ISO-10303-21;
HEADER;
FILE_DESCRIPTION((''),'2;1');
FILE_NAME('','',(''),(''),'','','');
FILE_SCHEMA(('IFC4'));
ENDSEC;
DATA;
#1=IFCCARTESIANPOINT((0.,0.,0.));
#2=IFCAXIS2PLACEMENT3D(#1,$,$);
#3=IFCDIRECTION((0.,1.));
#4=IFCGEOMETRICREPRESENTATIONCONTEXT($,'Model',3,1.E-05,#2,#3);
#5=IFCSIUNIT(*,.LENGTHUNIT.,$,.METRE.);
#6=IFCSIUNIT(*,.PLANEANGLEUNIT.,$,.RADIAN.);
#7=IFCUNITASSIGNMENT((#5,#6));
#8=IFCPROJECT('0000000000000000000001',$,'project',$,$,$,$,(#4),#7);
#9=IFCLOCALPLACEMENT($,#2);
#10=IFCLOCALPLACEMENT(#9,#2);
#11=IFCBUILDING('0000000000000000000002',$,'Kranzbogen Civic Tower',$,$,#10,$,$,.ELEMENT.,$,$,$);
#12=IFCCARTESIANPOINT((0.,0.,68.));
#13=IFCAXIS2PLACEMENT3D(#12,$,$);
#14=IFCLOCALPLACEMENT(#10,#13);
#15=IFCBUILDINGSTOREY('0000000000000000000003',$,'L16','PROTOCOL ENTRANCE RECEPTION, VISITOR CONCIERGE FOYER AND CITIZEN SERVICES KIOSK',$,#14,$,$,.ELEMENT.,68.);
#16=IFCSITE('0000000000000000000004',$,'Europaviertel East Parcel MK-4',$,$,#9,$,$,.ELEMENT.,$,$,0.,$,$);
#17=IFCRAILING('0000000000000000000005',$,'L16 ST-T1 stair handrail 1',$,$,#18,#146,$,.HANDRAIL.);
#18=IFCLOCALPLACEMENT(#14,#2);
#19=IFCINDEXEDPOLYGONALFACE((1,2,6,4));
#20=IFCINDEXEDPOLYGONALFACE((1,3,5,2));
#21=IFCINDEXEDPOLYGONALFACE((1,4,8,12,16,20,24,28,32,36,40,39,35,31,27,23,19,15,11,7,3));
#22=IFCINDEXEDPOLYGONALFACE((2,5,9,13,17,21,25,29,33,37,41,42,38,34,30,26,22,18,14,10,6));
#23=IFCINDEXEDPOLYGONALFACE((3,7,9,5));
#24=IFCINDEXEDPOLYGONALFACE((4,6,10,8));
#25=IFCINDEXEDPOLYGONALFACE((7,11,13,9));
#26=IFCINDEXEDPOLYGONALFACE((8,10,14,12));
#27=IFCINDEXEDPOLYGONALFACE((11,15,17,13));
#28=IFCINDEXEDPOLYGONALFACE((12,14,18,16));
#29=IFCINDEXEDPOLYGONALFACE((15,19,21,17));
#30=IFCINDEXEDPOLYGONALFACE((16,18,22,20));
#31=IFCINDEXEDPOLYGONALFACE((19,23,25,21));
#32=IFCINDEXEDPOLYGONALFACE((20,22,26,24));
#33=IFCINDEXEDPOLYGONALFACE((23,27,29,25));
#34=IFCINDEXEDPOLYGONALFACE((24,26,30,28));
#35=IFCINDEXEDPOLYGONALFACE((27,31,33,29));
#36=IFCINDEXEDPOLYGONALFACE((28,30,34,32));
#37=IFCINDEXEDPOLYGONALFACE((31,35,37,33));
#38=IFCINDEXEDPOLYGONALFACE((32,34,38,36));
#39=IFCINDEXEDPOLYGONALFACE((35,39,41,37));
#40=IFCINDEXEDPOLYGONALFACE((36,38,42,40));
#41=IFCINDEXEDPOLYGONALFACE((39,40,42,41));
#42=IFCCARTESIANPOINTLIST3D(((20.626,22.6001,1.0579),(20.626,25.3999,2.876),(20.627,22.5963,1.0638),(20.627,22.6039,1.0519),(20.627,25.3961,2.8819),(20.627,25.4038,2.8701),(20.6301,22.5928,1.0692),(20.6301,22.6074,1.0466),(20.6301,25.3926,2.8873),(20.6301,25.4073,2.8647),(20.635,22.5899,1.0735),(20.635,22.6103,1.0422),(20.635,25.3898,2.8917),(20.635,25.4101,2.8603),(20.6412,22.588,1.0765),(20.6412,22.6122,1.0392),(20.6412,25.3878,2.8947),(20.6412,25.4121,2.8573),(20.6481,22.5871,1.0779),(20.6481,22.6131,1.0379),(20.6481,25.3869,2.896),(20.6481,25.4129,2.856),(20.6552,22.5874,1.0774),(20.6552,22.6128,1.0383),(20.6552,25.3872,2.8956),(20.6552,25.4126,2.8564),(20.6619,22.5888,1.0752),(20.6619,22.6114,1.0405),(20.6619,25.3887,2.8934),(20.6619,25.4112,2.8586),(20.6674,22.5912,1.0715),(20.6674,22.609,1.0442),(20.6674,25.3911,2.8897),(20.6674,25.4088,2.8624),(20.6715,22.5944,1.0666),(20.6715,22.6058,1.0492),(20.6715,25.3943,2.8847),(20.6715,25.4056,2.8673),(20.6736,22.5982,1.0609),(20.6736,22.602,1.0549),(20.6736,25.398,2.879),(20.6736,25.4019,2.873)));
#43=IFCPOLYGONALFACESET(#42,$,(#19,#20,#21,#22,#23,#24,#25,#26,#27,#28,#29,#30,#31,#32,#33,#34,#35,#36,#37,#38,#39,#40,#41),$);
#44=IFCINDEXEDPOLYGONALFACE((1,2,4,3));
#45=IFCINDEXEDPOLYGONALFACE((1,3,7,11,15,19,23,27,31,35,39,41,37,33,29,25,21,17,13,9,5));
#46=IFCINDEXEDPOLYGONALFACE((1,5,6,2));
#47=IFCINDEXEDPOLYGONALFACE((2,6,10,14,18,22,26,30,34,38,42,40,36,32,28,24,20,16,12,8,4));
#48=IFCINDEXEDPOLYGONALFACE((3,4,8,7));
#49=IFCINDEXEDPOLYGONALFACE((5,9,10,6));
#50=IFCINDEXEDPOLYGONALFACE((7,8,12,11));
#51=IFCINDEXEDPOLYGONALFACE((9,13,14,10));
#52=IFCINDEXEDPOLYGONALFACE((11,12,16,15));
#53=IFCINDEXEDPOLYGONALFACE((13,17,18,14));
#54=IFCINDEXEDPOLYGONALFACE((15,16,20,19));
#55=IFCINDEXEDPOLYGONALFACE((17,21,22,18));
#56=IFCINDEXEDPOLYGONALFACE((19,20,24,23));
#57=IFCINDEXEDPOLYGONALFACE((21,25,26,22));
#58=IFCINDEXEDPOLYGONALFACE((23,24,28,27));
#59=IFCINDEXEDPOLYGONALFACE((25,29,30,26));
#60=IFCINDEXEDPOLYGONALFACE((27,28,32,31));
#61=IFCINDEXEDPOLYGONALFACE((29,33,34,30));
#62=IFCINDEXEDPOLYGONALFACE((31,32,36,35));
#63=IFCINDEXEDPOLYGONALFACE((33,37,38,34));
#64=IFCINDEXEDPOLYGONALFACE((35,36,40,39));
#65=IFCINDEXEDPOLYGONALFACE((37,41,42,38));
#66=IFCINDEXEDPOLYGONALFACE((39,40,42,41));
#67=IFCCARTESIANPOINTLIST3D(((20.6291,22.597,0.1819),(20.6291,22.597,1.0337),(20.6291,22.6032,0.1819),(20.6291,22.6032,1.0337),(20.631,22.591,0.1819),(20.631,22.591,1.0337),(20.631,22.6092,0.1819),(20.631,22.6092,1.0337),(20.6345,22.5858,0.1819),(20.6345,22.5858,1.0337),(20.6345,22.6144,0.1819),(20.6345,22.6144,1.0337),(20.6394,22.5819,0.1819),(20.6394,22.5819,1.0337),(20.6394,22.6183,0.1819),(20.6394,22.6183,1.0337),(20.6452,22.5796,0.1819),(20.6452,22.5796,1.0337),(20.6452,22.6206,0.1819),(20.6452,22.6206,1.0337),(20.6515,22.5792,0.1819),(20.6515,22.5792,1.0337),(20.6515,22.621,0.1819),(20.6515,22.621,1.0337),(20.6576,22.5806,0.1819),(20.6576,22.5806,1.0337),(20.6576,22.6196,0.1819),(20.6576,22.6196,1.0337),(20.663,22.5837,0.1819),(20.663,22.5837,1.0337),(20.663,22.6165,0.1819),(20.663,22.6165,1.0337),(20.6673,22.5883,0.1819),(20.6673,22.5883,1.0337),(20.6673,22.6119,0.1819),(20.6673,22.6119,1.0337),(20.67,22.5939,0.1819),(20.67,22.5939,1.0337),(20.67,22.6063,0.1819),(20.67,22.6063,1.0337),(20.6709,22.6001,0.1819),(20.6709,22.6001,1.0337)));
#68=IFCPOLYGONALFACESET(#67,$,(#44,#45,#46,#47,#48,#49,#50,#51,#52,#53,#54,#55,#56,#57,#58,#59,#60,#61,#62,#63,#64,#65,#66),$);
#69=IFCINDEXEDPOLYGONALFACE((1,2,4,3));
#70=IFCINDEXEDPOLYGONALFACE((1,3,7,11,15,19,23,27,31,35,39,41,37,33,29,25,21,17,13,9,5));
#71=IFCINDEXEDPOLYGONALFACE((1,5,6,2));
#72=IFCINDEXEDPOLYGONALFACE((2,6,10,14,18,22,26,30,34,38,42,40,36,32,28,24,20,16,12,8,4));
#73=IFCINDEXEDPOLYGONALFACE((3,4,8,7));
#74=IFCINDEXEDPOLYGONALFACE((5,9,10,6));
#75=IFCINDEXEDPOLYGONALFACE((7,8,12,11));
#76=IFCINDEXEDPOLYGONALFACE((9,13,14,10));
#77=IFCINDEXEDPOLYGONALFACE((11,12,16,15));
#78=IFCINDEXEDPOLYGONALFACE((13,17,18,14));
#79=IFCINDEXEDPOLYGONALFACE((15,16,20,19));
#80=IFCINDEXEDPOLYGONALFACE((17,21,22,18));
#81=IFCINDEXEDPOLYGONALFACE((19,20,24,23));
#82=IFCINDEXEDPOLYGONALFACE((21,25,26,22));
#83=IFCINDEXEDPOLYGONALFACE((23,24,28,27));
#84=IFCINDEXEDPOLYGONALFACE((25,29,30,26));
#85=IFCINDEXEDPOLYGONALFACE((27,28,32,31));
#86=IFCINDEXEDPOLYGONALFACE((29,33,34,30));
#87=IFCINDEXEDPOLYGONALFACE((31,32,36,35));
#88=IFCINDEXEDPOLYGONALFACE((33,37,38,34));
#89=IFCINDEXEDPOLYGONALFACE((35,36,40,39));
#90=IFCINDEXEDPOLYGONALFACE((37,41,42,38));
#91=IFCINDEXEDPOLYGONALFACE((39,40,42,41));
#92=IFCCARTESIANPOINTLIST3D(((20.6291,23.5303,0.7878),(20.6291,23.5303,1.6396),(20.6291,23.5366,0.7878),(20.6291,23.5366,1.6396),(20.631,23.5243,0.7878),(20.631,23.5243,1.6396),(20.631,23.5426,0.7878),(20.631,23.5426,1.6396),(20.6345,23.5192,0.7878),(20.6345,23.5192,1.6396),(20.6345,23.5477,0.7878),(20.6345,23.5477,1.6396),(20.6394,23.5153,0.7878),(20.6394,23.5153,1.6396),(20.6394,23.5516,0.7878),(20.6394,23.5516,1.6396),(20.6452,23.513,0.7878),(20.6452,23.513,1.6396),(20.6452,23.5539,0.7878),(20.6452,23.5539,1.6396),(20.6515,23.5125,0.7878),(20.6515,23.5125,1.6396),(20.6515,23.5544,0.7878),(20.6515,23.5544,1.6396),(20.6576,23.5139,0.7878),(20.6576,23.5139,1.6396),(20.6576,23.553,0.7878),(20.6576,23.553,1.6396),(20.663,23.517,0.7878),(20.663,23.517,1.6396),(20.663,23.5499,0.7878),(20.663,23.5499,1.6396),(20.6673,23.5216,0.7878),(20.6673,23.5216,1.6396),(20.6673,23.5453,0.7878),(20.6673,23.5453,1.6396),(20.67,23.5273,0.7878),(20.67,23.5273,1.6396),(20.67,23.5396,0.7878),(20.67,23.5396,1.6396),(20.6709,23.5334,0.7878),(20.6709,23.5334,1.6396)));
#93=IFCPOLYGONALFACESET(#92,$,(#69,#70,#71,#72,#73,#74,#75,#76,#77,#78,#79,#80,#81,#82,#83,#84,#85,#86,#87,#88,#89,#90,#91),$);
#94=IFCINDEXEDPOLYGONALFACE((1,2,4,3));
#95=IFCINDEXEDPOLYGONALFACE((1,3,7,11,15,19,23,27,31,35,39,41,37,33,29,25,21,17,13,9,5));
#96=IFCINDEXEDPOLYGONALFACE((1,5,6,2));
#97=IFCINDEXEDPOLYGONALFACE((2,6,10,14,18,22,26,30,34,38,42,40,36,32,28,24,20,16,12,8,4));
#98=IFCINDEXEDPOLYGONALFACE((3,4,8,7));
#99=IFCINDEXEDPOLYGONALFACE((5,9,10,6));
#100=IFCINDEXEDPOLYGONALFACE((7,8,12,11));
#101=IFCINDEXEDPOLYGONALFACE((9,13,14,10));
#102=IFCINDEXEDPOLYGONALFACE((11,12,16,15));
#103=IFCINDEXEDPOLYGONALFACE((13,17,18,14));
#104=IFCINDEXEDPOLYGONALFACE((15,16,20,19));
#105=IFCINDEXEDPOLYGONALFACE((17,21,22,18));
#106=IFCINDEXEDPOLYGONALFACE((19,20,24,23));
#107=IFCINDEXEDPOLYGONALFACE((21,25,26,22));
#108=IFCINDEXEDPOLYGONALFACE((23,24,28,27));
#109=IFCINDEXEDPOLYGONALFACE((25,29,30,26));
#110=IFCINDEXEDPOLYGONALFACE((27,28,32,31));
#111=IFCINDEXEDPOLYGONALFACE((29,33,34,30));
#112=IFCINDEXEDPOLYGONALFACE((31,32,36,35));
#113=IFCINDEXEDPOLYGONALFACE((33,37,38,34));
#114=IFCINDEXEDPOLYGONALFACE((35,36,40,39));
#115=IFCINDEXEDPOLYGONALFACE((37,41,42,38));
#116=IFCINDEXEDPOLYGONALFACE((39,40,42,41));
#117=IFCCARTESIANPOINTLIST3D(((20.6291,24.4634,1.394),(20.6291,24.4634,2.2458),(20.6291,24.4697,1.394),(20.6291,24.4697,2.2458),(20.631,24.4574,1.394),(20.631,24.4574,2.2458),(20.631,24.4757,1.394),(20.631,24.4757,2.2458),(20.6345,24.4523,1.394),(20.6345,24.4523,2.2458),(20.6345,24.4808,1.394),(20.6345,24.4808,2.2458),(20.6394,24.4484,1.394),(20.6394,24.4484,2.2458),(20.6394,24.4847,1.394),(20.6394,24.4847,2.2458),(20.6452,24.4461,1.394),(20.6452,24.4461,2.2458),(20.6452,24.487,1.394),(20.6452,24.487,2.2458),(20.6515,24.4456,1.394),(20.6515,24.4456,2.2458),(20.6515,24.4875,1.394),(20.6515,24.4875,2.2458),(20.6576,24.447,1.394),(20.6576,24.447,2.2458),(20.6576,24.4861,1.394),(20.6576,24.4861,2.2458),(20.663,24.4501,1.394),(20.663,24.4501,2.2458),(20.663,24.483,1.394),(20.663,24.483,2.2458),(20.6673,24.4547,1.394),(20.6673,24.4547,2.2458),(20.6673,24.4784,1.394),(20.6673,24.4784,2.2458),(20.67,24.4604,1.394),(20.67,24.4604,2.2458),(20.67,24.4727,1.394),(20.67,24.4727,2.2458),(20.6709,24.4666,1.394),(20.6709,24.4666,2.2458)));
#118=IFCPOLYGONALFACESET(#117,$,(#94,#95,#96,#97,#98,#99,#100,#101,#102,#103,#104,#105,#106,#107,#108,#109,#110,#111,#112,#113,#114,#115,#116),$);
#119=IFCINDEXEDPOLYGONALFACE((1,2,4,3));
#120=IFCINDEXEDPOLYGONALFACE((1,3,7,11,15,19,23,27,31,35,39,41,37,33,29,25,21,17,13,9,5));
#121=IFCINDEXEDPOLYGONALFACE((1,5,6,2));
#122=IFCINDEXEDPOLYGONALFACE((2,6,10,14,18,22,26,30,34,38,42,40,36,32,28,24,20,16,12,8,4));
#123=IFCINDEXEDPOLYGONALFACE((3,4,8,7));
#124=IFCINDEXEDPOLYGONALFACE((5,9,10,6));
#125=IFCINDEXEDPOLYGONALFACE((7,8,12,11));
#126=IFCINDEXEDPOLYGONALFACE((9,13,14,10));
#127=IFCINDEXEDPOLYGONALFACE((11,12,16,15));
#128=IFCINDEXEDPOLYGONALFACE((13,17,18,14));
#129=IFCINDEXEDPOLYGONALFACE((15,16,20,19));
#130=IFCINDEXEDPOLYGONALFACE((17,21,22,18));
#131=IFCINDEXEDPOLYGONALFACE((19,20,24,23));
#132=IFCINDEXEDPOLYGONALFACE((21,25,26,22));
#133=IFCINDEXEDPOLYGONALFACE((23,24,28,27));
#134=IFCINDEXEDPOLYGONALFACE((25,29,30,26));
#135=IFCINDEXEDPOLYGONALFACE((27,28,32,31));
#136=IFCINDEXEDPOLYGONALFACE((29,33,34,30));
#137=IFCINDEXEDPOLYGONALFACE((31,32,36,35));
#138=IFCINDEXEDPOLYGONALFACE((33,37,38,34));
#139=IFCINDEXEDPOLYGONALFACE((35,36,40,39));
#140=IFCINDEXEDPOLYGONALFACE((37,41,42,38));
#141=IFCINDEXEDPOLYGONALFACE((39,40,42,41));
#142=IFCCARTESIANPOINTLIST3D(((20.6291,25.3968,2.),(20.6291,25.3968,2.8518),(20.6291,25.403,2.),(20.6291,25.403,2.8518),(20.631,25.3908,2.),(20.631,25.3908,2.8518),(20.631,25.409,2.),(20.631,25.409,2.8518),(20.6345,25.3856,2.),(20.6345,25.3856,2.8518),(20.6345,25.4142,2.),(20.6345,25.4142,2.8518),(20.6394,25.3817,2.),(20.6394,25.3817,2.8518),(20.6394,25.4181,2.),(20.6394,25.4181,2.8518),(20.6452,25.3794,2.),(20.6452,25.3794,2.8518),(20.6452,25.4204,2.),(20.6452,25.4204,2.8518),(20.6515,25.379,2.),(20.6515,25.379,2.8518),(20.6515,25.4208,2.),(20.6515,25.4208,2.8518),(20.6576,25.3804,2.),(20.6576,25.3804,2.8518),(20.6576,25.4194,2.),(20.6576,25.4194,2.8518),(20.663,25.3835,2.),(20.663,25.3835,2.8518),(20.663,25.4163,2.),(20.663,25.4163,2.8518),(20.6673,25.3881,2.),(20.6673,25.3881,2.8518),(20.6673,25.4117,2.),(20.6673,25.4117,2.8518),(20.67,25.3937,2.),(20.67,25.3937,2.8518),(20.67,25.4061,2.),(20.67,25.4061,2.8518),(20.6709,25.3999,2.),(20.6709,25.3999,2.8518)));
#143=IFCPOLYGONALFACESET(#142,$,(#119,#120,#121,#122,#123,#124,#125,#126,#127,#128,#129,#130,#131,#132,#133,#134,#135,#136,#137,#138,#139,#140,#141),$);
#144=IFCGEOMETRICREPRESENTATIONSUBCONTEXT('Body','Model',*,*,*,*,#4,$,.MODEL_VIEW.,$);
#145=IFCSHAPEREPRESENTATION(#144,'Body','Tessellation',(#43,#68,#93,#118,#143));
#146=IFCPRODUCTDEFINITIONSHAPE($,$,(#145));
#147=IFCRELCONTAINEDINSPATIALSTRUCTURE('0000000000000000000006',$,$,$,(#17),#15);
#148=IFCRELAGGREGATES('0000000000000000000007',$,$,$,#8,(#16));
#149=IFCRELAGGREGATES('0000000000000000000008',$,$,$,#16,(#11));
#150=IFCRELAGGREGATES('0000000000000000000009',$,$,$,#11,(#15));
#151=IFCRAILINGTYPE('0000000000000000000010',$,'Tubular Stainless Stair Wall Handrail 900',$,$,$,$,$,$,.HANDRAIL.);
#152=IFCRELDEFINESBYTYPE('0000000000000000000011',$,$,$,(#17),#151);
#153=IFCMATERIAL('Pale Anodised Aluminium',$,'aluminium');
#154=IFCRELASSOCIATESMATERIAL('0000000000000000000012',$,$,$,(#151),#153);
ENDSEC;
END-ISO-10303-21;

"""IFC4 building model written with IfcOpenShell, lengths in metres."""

from ifc_helpers import new_model, si_unit, direction, frame, origin, origin_2d, place, context, subcontext, project, spatial, circle, extrude, material, type_object, element, save


model = new_model("IFC4")

# Units and contexts
model_context = context("Model", 3, precision=1e-05, world=origin(), true_north=direction((0.0, 1.0)))
body_context = subcontext(model_context, "Body", "Model", "MODEL_VIEW")
ifc_project = project(units=[si_unit("LENGTHUNIT", "METRE"), si_unit("PLANEANGLEUNIT", "RADIAN")], contexts=[model_context])

# Site, building, storey
site_placement = place(None, origin())
site = spatial("IfcSite", under=ifc_project, at=site_placement, Name="Europaviertel East Parcel MK-4", CompositionType="ELEMENT", RefElevation=0.0)
building_placement = place(site_placement, origin())
building = spatial("IfcBuilding", under=site, at=building_placement, Name="Kranzbogen Civic Tower", CompositionType="ELEMENT")
storey_placement = place(building_placement, frame((0.0, 0.0, 68.0)))
storey = spatial("IfcBuildingStorey", under=building, at=storey_placement, Name="L16", Description="PROTOCOL ENTRANCE RECEPTION, VISITOR CONCIERGE FOYER AND CITIZEN SERVICES KIOSK", CompositionType="ELEMENT", Elevation=68.0)

# Shared definitions
ifc_material_1 = material(Name="Pale Anodised Aluminium", Category="aluminium")

# Railing
railing_type_1 = type_object("IfcRailingType", Name="Tubular Stainless Stair Wall Handrail 900", PredefinedType="HANDRAIL", material=ifc_material_1)
railing_1_placement = place(storey_placement, frame((20.6499, 22.6001, 0.1819)))
element("IfcRailing", 1, at=railing_1_placement, inside=storey, type_object=railing_type_1, Name="L16 ST-T1 stair handrail 1", PredefinedType="HANDRAIL", context=body_context, shape_type="SweptSolid", body=[
    extrude(circle(Radius=0.0239, at=origin_2d()), frame((0.0, 0.0, 0.876), z_axis=(0.0, 0.838684, 0.544618), x_axis=(-1.0, 0.0, 0.0)), (0.0, 0.0, 1.0), 3.3384),
    extrude(circle(Radius=0.021, at=origin_2d()), origin(), (0.0, 0.0, 1.0), 0.8518),
    extrude(circle(Radius=0.021, at=origin_2d()), frame((0.0, 0.9333, 0.606)), (0.0, 0.0, 1.0), 0.8518),
    extrude(circle(Radius=0.021, at=origin_2d()), frame((0.0, 1.8665, 1.2122)), (0.0, 0.0, 1.0), 0.8518),
    extrude(circle(Radius=0.021, at=origin_2d()), frame((0.0, 2.7998, 1.8181)), (0.0, 0.0, 1.0), 0.8518),
])

save(model, "model.ifc")
